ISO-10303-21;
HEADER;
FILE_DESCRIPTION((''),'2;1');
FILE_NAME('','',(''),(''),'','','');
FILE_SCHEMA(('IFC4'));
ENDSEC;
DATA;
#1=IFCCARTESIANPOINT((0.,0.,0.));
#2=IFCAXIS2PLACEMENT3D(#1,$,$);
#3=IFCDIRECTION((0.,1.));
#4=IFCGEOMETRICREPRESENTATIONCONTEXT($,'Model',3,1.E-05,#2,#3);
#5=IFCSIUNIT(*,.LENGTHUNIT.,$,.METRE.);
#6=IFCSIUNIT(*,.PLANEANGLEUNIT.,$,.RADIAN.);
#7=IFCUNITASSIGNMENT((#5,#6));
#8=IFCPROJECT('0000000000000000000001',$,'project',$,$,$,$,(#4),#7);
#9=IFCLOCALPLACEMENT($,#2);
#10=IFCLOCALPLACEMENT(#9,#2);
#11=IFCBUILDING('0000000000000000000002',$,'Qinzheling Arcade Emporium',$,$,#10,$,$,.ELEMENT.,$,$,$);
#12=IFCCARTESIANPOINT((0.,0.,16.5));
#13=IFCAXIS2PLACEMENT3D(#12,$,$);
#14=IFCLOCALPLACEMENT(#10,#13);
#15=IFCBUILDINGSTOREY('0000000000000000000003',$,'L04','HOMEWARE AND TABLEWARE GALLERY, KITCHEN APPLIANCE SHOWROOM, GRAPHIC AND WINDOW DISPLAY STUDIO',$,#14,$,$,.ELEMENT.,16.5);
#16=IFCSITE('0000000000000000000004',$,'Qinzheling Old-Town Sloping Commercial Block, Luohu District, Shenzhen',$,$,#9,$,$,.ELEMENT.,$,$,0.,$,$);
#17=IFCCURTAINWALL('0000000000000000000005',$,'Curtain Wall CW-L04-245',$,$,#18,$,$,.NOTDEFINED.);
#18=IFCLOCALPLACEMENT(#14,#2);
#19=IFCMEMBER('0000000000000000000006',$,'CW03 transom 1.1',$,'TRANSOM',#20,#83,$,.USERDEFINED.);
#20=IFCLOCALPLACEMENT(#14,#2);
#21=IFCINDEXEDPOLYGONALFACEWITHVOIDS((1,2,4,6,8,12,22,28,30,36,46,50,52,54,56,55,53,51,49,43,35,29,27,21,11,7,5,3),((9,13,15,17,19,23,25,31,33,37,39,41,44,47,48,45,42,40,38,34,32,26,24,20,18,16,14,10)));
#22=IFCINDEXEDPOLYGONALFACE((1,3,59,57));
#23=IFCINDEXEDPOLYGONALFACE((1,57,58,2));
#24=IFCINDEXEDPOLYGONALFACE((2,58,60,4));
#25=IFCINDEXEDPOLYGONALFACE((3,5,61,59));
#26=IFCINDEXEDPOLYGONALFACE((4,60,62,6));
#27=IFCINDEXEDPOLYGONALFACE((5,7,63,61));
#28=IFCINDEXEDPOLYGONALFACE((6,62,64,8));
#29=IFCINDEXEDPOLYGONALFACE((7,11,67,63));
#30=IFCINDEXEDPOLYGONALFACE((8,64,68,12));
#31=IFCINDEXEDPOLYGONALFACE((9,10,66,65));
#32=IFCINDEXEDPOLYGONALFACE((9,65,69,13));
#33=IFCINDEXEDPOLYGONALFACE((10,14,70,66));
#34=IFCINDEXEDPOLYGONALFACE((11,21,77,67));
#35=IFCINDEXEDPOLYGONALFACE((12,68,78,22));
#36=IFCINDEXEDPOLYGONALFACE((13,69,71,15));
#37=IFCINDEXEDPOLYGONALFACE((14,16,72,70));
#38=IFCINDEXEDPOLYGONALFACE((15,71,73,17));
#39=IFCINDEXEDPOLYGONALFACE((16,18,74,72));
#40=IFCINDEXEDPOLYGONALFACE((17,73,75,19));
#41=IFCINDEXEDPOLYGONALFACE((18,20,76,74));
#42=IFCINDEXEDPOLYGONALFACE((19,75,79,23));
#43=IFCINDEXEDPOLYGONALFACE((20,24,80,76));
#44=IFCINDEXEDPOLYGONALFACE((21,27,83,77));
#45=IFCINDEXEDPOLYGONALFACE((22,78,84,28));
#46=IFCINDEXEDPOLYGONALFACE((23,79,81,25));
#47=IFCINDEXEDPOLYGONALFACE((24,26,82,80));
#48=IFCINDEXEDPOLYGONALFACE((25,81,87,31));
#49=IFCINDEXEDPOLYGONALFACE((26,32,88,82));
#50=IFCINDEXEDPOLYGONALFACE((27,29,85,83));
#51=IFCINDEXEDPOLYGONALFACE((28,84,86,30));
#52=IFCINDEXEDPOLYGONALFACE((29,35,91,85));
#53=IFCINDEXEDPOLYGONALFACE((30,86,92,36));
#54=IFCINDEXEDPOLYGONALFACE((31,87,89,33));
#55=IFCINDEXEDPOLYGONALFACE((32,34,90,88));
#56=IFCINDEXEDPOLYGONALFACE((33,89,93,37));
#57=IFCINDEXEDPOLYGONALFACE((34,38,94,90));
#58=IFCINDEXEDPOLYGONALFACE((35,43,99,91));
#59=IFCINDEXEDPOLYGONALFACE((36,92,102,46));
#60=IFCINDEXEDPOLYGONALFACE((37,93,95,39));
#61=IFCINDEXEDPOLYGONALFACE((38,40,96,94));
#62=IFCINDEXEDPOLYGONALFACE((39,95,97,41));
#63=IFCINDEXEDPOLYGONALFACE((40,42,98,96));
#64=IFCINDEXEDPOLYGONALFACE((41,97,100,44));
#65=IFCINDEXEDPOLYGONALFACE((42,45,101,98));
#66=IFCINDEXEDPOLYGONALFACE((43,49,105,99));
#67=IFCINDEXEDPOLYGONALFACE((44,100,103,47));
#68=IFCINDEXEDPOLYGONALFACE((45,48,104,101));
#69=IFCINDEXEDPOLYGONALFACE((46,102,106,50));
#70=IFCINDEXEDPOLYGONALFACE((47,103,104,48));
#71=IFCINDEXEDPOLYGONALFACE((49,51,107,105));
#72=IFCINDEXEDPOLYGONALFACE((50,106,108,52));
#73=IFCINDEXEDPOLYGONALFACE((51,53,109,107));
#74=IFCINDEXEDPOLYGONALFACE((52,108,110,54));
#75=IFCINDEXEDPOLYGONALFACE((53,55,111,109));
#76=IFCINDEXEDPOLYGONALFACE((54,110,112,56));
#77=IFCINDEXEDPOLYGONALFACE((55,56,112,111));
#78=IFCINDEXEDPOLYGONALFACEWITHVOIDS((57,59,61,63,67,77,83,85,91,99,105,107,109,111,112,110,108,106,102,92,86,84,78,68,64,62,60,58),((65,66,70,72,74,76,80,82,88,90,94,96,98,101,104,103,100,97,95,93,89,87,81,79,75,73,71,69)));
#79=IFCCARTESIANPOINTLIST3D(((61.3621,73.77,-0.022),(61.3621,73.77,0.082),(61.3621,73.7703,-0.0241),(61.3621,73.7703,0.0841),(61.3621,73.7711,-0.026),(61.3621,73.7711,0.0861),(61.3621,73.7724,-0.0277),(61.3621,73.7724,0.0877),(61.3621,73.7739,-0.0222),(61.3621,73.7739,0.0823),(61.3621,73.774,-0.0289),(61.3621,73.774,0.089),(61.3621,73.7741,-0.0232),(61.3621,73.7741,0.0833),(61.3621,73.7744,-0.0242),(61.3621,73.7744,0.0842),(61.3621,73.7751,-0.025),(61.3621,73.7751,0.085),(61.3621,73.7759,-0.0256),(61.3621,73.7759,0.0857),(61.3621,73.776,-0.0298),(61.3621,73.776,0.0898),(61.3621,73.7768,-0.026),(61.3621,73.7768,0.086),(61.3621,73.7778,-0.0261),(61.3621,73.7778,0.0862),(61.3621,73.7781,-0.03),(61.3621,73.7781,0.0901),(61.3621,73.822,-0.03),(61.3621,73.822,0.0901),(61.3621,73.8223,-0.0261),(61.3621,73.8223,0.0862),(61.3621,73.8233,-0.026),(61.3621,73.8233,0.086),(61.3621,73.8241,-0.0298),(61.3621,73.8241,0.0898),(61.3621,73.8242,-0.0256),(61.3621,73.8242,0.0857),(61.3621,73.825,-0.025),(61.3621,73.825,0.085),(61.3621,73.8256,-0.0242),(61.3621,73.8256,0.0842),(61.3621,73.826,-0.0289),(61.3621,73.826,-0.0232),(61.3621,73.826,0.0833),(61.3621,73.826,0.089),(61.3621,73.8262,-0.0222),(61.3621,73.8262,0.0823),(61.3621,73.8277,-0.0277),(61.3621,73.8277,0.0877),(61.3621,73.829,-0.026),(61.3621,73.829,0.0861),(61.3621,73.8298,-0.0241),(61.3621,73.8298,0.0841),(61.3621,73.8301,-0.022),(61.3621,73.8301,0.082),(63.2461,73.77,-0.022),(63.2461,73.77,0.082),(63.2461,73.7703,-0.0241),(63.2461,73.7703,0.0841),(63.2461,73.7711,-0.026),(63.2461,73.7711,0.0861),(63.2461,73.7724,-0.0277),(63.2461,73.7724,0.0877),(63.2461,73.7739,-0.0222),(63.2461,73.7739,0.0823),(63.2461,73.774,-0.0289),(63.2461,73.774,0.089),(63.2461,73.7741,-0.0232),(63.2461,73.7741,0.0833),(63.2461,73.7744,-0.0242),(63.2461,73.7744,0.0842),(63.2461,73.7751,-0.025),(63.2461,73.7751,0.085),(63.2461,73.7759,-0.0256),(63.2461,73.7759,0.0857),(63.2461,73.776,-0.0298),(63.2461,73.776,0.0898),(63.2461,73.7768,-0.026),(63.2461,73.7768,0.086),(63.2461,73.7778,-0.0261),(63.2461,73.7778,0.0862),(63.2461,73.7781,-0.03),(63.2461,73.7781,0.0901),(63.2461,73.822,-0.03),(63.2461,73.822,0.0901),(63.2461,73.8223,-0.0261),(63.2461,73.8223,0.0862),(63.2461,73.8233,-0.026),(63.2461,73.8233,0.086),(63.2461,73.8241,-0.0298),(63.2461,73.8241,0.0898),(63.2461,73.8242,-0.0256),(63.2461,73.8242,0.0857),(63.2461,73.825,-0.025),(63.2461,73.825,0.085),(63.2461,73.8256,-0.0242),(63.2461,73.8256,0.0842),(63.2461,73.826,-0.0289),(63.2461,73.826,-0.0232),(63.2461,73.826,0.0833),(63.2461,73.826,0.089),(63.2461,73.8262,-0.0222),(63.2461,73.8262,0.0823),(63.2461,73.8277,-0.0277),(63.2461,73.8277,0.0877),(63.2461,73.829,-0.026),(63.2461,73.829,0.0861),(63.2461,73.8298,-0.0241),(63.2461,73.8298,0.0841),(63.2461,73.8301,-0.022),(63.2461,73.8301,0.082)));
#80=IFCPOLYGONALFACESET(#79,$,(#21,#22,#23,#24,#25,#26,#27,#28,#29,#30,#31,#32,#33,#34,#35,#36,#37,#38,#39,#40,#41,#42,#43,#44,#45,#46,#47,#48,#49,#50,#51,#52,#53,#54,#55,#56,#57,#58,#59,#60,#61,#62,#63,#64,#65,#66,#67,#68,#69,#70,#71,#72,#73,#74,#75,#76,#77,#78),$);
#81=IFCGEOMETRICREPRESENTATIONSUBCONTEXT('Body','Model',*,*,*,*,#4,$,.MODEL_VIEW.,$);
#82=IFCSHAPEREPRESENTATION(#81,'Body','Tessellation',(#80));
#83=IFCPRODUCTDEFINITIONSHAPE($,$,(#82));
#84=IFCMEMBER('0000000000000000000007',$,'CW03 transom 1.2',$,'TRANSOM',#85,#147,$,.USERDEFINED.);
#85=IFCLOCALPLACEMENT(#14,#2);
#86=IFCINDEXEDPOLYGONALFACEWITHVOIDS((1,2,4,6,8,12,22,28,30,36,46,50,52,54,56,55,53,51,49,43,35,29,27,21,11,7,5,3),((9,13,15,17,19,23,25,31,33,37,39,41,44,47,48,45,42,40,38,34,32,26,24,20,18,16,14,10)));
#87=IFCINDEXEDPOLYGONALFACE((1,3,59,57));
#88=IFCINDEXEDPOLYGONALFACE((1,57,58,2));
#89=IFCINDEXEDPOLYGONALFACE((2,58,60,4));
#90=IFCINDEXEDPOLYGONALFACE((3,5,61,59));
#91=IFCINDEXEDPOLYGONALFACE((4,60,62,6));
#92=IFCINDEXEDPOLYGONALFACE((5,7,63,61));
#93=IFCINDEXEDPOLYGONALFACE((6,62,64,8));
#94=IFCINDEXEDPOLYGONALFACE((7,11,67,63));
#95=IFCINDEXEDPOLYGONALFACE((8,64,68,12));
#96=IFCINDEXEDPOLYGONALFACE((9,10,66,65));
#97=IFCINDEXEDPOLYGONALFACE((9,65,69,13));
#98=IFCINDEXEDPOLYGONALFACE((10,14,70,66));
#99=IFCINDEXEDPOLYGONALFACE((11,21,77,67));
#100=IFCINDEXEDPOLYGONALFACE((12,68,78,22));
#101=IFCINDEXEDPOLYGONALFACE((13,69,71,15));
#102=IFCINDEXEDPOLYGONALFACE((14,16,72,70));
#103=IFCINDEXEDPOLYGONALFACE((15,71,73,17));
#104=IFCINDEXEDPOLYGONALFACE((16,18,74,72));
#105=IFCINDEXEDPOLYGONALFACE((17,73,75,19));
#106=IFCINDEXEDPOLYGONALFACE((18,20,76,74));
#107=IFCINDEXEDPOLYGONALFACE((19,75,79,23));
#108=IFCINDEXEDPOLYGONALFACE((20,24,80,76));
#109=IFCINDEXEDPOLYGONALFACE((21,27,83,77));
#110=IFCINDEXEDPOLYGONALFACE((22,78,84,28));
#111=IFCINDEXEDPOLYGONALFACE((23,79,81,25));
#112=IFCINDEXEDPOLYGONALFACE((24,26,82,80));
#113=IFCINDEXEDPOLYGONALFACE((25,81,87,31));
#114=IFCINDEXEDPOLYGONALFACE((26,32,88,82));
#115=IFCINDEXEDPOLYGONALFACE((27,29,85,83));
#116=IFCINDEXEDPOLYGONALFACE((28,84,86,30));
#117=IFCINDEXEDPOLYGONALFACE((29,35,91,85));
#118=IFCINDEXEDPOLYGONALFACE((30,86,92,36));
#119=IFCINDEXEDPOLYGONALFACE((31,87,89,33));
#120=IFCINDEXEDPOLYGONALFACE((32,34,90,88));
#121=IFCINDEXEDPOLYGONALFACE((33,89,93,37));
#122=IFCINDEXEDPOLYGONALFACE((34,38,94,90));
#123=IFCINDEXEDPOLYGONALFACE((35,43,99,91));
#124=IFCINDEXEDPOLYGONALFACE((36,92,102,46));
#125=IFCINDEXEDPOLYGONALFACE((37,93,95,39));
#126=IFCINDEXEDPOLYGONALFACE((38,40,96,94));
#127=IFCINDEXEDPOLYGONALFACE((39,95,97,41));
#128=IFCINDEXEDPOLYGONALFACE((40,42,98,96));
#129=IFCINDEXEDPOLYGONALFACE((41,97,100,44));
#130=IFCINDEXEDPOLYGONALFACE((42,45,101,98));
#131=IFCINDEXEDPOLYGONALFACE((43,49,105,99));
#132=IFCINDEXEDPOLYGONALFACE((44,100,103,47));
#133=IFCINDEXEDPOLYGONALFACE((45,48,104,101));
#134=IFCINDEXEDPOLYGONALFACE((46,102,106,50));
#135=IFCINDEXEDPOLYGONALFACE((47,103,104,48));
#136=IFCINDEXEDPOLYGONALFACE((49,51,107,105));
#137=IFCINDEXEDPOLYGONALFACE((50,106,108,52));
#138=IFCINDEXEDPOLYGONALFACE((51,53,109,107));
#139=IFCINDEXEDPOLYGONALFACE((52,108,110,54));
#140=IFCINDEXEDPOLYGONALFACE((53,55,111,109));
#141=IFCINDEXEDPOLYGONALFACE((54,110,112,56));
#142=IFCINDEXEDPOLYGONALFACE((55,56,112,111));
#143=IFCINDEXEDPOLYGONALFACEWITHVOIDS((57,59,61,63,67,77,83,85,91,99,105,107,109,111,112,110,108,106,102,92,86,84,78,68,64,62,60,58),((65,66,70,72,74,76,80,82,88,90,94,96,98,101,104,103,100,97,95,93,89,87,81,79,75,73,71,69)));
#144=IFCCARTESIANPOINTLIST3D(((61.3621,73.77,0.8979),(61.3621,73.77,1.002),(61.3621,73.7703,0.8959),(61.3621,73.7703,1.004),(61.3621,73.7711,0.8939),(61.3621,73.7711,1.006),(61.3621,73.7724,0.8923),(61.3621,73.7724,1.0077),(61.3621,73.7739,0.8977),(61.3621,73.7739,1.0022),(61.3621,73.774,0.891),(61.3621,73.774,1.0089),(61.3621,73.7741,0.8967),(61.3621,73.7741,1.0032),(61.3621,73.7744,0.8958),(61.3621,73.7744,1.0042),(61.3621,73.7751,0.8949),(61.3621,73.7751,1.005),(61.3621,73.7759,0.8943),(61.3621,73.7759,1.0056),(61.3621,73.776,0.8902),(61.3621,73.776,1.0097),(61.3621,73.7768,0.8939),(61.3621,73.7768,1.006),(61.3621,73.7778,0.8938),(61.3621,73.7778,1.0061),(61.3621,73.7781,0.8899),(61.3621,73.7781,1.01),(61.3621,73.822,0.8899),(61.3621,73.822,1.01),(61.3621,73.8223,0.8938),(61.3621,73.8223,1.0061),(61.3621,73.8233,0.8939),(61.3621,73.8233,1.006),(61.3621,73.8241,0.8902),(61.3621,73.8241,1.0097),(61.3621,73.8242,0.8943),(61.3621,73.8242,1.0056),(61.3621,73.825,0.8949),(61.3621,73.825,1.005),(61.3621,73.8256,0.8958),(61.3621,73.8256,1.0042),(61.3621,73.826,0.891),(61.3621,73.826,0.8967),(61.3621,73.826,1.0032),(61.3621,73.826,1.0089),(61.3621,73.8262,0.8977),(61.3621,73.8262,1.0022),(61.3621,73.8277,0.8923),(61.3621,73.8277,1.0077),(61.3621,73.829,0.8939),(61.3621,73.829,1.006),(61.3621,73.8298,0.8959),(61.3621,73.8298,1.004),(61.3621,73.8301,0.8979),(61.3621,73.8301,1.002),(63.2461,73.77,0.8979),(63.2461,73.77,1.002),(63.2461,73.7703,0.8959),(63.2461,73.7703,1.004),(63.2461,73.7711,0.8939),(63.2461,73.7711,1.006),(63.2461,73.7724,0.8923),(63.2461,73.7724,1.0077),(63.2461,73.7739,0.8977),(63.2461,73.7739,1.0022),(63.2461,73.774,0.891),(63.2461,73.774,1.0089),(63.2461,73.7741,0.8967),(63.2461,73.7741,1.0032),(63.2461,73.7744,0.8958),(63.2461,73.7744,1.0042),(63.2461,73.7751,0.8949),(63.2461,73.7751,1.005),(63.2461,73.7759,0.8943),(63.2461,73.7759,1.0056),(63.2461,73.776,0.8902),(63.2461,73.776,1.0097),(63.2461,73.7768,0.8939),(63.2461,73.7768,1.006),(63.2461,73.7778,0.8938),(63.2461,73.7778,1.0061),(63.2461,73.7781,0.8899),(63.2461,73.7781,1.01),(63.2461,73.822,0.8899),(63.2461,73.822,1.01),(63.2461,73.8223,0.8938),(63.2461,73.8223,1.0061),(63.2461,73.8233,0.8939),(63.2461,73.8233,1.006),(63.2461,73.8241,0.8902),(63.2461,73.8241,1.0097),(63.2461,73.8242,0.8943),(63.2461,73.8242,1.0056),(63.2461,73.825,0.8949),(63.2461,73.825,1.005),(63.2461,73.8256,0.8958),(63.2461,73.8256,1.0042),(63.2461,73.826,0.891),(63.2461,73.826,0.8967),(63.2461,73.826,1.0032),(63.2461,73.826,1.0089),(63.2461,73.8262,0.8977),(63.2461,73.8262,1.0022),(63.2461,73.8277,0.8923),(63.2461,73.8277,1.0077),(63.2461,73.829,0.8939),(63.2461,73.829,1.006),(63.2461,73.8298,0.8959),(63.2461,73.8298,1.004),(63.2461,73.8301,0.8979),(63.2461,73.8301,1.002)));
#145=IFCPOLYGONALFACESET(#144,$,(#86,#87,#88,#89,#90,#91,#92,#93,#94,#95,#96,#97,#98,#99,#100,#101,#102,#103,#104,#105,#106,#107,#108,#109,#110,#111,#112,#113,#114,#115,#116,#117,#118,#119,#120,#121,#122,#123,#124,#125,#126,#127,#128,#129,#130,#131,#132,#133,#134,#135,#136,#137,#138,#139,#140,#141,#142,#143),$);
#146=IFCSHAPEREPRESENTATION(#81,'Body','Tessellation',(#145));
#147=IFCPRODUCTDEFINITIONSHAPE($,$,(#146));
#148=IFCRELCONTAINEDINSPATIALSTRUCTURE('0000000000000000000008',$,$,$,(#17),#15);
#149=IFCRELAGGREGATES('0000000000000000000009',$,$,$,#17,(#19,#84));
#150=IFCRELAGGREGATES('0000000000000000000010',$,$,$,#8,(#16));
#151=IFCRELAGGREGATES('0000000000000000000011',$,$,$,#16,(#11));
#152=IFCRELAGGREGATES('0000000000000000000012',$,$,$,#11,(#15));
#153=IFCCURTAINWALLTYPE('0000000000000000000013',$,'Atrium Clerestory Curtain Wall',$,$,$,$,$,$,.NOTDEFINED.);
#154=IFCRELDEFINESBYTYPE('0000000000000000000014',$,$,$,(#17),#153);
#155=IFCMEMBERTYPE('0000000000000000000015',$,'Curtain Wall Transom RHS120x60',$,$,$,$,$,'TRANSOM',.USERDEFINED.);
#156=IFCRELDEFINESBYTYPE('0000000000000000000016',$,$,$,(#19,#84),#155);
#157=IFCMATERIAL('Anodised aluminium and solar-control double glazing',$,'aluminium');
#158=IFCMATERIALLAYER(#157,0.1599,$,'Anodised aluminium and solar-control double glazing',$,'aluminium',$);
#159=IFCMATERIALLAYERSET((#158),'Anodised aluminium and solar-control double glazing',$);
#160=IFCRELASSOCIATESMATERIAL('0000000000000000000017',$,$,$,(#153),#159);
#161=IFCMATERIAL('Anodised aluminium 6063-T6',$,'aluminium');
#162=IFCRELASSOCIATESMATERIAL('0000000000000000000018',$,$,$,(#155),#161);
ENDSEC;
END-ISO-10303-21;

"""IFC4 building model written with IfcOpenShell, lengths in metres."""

from ifc_helpers import new_model, si_unit, direction, frame, origin, origin_2d, place, context, subcontext, project, spatial, hollow_rectangle, extrude, material, layer, layer_set, material_profile, profile_set, type_object, element, aggregate, save


model = new_model("IFC4")

# Units and contexts
model_context = context("Model", 3, precision=1e-05, world=origin(), true_north=direction((0.0, 1.0)))
body_context = subcontext(model_context, "Body", "Model", "MODEL_VIEW")
ifc_project = project(units=[si_unit("LENGTHUNIT", "METRE"), si_unit("PLANEANGLEUNIT", "RADIAN")], contexts=[model_context])

# Site, building, storey
site_placement = place(None, origin())
site = spatial("IfcSite", under=ifc_project, at=site_placement, Name="Qinzheling Old-Town Sloping Commercial Block, Luohu District, Shenzhen", CompositionType="ELEMENT", RefElevation=0.0)
building_placement = place(site_placement, origin())
building = spatial("IfcBuilding", under=site, at=building_placement, Name="Qinzheling Arcade Emporium", CompositionType="ELEMENT")
storey_placement = place(building_placement, frame((0.0, 0.0, 16.5)))
storey = spatial("IfcBuildingStorey", under=building, at=storey_placement, Name="L04", Description="HOMEWARE AND TABLEWARE GALLERY, KITCHEN APPLIANCE SHOWROOM, GRAPHIC AND WINDOW DISPLAY STUDIO", CompositionType="ELEMENT", Elevation=16.5)

# Curtain wall
ifc_material_1 = material(Name="Anodised aluminium and solar-control double glazing", Category="aluminium")
ifc_layer_1 = layer(ifc_material_1, 0.1599, Name="Anodised aluminium and solar-control double glazing", Category="aluminium")
ifc_layer_set_1 = layer_set([ifc_layer_1], Name="Anodised aluminium and solar-control double glazing")
curtain_wall_type = type_object("IfcCurtainWallType", Name="Atrium Clerestory Curtain Wall", PredefinedType="NOTDEFINED", material=ifc_layer_set_1)
ifc_material_2 = material(Name="Anodised aluminium 6063-T6", Category="aluminium")
curtain_wall_1_placement = place(storey_placement, origin())
curtain_wall_1 = element("IfcCurtainWall", 1, at=curtain_wall_1_placement, inside=storey, type_object=curtain_wall_type, Name="Curtain Wall CW-L04-245", PredefinedType="NOTDEFINED")

# Members
ifc_material_profile_1 = material_profile(ifc_material_2, hollow_rectangle(XDim=0.0601, YDim=0.1201, WallThickness=0.0039, InnerFilletRadius=0.0039, OuterFilletRadius=0.0081, at=origin_2d()), Name="RHS 120x60x4", Category="aluminium")
ifc_profile_set_1 = profile_set([ifc_material_profile_1], Name="Anodised aluminium 6063-T6")
member_type_1 = type_object("IfcMemberType", Name="Curtain Wall Transom RHS120x60", ElementType="TRANSOM", PredefinedType="USERDEFINED", material=ifc_profile_set_1)
member_1_placement = place(storey_placement, frame((61.3621, 73.8, 0.03), z_axis=(1.0, 0.0, 0.0), x_axis=(0.0, 1.0, 0.0)))
member_1 = element("IfcMember", 2, at=member_1_placement, type_object=member_type_1, Name="CW03 transom 1.1", ObjectType="TRANSOM", PredefinedType="USERDEFINED", context=body_context, shape_type="SweptSolid", body=[
    extrude(hollow_rectangle(XDim=0.0601, YDim=0.1201, WallThickness=0.0039, InnerFilletRadius=0.0039, OuterFilletRadius=0.0081, at=origin_2d()), origin(), (0.0, 0.0, 1.0), 1.884),
])
member_2_placement = place(storey_placement, frame((61.3621, 73.8, 0.95), z_axis=(1.0, 0.0, 0.0), x_axis=(0.0, 1.0, 0.0)))
member_2 = element("IfcMember", 3, at=member_2_placement, type_object=member_type_1, Name="CW03 transom 1.2", ObjectType="TRANSOM", PredefinedType="USERDEFINED", context=body_context, shape_type="SweptSolid", body=[
    extrude(hollow_rectangle(XDim=0.0601, YDim=0.1201, WallThickness=0.0039, InnerFilletRadius=0.0039, OuterFilletRadius=0.0081, at=origin_2d()), origin(), (0.0, 0.0, 1.0), 1.884),
])

aggregate(curtain_wall_1, [member_1, member_2])

save(model, "model.ifc")
